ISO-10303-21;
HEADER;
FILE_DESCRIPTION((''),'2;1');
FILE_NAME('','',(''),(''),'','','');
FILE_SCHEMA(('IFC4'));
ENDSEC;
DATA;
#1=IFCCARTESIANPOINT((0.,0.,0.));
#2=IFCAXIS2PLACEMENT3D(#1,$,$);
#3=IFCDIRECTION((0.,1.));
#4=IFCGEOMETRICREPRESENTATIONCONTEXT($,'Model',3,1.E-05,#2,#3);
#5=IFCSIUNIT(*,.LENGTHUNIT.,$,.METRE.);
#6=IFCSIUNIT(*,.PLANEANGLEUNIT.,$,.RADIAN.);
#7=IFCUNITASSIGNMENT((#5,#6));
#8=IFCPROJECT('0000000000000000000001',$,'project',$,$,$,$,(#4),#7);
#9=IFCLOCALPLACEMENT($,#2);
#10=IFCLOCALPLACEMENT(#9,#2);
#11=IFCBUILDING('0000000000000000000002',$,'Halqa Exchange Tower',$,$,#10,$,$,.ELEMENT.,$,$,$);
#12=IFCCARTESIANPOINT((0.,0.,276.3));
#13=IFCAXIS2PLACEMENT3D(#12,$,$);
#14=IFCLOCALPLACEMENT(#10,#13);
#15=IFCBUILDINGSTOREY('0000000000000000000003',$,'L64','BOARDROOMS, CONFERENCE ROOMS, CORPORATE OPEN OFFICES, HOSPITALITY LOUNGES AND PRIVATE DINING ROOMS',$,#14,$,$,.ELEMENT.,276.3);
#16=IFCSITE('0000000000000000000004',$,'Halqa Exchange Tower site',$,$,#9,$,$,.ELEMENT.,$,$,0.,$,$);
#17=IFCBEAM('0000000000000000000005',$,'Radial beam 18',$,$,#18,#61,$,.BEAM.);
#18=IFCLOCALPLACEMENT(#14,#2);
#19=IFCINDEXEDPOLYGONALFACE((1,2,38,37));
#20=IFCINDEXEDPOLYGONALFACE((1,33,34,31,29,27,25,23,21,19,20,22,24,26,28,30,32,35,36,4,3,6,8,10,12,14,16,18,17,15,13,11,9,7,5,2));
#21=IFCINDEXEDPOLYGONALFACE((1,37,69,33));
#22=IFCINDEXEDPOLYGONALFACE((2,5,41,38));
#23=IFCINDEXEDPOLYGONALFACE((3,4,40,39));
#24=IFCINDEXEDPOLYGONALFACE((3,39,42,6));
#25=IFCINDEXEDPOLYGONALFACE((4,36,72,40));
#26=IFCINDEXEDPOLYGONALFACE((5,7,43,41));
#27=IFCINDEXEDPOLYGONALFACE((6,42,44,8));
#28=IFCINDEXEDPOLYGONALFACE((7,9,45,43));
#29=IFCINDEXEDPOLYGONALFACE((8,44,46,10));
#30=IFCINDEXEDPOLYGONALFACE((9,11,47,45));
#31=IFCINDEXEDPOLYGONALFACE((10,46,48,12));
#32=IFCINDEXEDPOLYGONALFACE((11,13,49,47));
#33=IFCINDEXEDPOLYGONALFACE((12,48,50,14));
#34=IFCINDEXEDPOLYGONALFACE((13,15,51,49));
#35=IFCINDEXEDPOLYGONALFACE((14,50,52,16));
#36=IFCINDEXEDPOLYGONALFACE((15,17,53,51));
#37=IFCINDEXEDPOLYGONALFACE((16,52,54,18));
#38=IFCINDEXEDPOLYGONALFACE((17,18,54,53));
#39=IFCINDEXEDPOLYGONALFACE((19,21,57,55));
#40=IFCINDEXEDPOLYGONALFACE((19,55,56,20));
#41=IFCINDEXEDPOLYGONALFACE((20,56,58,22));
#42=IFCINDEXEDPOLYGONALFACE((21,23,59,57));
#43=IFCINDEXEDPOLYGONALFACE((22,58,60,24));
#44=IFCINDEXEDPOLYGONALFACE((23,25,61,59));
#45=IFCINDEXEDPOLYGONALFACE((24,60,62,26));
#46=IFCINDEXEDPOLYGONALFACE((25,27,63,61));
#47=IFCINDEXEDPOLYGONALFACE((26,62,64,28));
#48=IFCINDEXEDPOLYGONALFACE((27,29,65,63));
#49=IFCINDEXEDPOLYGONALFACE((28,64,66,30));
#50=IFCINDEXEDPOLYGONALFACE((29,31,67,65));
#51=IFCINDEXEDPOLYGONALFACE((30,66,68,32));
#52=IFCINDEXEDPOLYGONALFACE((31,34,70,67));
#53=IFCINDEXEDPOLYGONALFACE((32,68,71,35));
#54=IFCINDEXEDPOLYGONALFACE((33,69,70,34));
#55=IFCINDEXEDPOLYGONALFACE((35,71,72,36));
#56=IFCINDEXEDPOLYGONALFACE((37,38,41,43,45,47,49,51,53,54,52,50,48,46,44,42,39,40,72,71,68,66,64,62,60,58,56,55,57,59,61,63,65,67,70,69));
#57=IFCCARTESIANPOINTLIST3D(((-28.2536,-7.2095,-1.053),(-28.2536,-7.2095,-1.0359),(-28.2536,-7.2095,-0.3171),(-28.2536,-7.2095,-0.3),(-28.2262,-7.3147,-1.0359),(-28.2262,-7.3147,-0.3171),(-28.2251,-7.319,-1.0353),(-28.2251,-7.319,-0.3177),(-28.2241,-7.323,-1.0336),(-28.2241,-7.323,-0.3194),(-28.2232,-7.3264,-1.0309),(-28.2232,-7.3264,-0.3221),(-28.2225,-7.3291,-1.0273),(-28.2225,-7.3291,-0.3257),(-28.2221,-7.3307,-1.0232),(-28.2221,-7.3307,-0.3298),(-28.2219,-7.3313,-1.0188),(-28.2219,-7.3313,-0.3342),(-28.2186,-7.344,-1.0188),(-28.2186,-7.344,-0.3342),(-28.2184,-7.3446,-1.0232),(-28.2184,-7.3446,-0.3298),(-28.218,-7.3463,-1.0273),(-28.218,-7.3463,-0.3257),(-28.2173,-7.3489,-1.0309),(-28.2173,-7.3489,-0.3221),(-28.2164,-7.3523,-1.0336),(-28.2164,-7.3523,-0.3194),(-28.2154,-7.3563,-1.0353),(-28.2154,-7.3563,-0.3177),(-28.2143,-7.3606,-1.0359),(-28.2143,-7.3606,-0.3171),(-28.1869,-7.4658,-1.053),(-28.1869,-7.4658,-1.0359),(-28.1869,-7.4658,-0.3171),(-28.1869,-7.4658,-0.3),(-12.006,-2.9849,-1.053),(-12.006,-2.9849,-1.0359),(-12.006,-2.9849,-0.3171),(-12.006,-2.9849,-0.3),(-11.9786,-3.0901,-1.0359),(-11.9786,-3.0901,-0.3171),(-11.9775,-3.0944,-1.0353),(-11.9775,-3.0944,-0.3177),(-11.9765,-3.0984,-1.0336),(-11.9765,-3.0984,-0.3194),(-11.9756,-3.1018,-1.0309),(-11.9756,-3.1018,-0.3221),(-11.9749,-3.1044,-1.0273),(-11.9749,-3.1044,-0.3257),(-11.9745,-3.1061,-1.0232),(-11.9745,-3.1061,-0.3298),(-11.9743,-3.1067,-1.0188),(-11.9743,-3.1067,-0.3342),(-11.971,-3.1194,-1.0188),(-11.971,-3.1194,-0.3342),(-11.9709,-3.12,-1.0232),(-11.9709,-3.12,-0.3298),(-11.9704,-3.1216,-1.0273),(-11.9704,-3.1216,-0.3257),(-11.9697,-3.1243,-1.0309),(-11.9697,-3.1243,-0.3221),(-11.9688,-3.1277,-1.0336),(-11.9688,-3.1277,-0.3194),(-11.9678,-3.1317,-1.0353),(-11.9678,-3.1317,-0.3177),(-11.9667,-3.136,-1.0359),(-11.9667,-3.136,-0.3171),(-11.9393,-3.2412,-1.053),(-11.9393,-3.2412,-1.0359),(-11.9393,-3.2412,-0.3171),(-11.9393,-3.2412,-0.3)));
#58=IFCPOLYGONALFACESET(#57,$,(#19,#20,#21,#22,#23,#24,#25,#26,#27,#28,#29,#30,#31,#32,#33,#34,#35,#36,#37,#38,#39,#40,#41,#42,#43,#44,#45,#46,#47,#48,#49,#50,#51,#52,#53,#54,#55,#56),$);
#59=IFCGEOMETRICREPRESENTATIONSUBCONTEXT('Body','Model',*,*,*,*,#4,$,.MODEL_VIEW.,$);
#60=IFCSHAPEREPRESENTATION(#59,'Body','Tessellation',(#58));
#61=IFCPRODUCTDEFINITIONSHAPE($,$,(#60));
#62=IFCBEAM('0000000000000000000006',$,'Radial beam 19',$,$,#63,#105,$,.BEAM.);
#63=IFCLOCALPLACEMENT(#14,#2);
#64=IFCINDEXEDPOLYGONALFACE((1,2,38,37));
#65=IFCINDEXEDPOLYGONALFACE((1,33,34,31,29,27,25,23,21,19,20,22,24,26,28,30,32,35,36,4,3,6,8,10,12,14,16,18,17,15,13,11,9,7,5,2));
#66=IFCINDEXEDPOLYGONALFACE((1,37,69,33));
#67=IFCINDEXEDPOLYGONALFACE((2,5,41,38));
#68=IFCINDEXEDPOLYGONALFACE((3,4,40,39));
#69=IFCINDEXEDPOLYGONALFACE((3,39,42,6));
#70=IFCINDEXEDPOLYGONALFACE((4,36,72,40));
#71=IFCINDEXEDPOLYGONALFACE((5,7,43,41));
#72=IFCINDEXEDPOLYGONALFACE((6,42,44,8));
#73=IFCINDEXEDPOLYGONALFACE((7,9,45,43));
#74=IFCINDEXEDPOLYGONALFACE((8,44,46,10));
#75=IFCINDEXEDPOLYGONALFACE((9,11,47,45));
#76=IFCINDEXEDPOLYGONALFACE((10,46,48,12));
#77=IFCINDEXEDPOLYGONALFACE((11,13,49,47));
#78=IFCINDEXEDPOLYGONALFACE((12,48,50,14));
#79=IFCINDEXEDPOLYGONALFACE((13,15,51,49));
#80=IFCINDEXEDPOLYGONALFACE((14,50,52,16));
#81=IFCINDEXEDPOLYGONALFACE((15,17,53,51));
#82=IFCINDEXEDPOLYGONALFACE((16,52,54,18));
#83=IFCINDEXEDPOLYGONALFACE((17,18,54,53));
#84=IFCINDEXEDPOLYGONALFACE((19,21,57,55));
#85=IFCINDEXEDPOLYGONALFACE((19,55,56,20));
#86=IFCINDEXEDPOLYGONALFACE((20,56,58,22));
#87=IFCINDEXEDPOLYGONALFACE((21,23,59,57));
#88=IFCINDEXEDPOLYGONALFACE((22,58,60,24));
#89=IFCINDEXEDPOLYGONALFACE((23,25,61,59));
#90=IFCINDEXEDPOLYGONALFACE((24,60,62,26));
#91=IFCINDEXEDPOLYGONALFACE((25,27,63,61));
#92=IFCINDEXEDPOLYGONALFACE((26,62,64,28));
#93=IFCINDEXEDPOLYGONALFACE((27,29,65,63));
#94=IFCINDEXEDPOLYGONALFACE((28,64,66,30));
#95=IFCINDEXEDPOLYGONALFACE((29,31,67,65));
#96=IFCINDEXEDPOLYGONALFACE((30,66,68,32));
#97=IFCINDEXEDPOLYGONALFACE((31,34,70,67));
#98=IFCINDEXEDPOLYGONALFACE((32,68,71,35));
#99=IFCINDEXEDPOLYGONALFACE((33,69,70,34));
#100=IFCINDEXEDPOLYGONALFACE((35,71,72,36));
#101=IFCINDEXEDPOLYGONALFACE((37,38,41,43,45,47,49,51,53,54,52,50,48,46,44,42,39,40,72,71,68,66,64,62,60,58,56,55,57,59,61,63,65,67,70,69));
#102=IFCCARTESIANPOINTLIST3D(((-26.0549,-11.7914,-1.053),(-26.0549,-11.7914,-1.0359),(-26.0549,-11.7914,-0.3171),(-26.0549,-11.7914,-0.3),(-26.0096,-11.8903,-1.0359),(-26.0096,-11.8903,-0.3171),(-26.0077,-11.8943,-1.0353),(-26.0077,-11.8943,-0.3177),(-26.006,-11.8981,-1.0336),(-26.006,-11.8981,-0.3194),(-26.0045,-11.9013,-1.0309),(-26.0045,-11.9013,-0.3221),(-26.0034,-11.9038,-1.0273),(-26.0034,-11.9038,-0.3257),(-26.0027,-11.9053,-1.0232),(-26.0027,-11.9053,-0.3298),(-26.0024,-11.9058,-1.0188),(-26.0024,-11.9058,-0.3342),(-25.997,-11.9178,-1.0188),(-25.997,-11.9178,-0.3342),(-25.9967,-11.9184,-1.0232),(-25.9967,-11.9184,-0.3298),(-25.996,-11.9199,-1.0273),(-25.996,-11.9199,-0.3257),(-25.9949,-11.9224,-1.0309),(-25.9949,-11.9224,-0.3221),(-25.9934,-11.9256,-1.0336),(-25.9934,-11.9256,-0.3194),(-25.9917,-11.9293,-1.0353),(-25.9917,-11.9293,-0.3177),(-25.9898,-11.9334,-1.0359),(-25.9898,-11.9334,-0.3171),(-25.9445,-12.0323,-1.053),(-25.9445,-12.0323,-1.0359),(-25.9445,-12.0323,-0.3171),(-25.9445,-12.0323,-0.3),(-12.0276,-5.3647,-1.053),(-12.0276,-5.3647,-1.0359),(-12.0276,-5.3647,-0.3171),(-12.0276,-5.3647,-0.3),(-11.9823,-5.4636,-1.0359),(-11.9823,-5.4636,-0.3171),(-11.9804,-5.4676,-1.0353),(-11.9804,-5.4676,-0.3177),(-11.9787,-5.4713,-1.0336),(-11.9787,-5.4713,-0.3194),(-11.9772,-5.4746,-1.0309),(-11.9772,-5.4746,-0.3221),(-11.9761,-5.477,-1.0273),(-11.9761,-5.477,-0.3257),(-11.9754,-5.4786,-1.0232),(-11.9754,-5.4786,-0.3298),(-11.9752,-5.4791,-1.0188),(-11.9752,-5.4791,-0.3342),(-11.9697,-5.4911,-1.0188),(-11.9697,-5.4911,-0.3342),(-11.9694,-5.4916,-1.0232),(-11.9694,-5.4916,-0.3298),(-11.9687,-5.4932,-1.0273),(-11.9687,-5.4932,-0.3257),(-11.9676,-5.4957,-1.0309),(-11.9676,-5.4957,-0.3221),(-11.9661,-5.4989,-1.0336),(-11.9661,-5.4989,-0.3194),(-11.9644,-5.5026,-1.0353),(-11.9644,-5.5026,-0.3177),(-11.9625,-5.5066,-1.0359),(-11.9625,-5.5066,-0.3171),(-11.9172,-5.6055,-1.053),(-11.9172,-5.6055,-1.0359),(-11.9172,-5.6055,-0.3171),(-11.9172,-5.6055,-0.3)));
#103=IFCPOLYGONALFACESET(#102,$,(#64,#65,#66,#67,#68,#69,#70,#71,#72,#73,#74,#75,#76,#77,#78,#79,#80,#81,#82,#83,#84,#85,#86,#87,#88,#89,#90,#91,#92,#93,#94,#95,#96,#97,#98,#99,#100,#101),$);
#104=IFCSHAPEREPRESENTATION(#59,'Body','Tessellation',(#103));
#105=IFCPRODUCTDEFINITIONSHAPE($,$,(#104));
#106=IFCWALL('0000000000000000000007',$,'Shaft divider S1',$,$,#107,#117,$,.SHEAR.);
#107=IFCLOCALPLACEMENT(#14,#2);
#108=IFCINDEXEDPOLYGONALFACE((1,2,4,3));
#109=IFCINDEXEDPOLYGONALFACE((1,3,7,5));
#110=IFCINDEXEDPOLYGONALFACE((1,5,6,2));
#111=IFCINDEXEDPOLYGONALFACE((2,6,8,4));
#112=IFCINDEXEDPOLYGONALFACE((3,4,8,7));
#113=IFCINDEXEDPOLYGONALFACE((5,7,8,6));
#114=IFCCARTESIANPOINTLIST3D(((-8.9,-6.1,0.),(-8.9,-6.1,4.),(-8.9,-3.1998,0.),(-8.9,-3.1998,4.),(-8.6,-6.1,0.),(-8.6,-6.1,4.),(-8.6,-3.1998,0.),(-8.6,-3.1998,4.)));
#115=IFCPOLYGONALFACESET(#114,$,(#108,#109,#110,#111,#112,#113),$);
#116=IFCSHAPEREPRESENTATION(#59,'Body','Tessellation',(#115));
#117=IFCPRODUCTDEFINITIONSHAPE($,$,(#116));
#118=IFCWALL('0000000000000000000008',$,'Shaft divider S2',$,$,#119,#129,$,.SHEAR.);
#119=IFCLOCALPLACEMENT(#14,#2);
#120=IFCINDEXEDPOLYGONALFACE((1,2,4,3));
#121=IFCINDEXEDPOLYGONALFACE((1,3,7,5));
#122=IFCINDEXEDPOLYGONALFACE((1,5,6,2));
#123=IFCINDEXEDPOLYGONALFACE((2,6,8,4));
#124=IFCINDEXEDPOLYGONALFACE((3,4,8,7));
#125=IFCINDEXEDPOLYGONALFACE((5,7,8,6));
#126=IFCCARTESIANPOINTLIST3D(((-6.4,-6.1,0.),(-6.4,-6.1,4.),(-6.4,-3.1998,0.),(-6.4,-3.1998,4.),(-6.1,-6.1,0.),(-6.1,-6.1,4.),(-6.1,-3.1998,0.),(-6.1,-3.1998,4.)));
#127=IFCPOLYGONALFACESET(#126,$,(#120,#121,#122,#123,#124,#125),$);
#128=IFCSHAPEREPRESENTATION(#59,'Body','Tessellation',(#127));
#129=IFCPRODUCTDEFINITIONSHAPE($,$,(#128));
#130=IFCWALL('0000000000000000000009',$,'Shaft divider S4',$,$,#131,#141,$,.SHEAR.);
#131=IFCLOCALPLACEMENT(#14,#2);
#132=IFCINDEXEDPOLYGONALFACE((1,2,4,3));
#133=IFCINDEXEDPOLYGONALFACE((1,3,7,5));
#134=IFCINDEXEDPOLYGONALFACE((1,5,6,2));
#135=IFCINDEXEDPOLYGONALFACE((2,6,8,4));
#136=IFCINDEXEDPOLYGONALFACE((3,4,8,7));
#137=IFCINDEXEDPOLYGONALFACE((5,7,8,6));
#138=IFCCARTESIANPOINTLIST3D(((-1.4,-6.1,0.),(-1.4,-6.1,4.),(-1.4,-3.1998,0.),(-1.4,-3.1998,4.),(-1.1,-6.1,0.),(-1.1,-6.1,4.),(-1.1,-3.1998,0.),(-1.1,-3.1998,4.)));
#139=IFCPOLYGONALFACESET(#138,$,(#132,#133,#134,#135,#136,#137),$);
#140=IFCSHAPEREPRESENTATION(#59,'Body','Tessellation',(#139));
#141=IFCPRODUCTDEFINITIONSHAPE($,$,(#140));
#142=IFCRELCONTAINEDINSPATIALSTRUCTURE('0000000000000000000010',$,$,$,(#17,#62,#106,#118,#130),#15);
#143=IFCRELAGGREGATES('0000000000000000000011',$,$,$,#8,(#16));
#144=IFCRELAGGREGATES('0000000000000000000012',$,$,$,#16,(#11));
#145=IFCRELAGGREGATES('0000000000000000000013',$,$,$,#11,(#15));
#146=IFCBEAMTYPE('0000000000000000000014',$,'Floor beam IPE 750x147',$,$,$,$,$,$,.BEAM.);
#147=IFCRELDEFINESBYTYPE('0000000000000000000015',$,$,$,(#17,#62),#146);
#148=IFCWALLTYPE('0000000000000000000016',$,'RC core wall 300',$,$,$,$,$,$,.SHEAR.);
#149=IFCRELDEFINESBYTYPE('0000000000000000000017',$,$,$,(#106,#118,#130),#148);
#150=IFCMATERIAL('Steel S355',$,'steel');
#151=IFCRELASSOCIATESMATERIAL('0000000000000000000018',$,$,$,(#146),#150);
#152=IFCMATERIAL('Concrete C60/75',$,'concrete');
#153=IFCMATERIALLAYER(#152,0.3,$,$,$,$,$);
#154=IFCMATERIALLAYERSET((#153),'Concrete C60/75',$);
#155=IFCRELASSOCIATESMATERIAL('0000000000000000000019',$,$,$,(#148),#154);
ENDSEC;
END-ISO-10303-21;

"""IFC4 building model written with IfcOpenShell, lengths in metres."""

from ifc_helpers import new_model, si_unit, direction, frame, frame_2d, origin, origin_2d, place, context, subcontext, project, spatial, rectangle, i_section, extrude, material, layer, layer_set, material_profile, profile_set, type_object, element, save


model = new_model("IFC4")

# Units and contexts
model_context = context("Model", 3, precision=1e-05, world=origin(), true_north=direction((0.0, 1.0)))
body_context = subcontext(model_context, "Body", "Model", "MODEL_VIEW")
ifc_project = project(units=[si_unit("LENGTHUNIT", "METRE"), si_unit("PLANEANGLEUNIT", "RADIAN")], contexts=[model_context])

# Site, building, storey
site_placement = place(None, origin())
site = spatial("IfcSite", under=ifc_project, at=site_placement, Name="Halqa Exchange Tower site", CompositionType="ELEMENT", RefElevation=0.0)
building_placement = place(site_placement, origin())
building = spatial("IfcBuilding", under=site, at=building_placement, Name="Halqa Exchange Tower", CompositionType="ELEMENT")
storey_placement = place(building_placement, frame((0.0, 0.0, 276.3)))
storey = spatial("IfcBuildingStorey", under=building, at=storey_placement, Name="L64", Description="BOARDROOMS, CONFERENCE ROOMS, CORPORATE OPEN OFFICES, HOSPITALITY LOUNGES AND PRIVATE DINING ROOMS", CompositionType="ELEMENT", Elevation=276.3)

# Beams
ifc_material_1 = material(Name="Steel S355", Category="steel")
ifc_material_profile = material_profile(ifc_material_1, i_section(OverallWidth=0.2649, OverallDepth=0.7529, WebThickness=0.0132, FlangeThickness=0.0171, FilletRadius=0.0171, at=origin_2d()), Name="IPE 750x147")
ifc_profile_set = profile_set([ifc_material_profile], Name="Steel S355")
beam_type = type_object("IfcBeamType", Name="Floor beam IPE 750x147", PredefinedType="BEAM", material=ifc_profile_set)
beam_1_placement = place(storey_placement, frame((-11.9727, -3.113, -0.6765), z_axis=(-0.967819, -0.251647, 0.0), x_axis=(0.251647, -0.967819, 0.0)))
element("IfcBeam", 1, at=beam_1_placement, inside=storey, type_object=beam_type, Name="Radial beam 18", PredefinedType="BEAM", context=body_context, shape_type="SweptSolid", body=[
    extrude(i_section(OverallWidth=0.2649, OverallDepth=0.7529, WebThickness=0.0132, FlangeThickness=0.0171, FilletRadius=0.0171, at=origin_2d()), origin(), (0.0, 0.0, 1.0), 16.7878),
])
beam_2_placement = place(storey_placement, frame((-11.9724, -5.4851, -0.6765), z_axis=(-0.909125, -0.416524, 0.0), x_axis=(0.416524, -0.909125, 0.0)))
element("IfcBeam", 2, at=beam_2_placement, inside=storey, type_object=beam_type, Name="Radial beam 19", PredefinedType="BEAM", context=body_context, shape_type="SweptSolid", body=[
    extrude(i_section(OverallWidth=0.2649, OverallDepth=0.7529, WebThickness=0.0132, FlangeThickness=0.0171, FilletRadius=0.0171, at=origin_2d()), origin(), (0.0, 0.0, 1.0), 15.4294),
])

# Walls
ifc_material_2 = material(Name="Concrete C60/75", Category="concrete")
ifc_layer_1 = layer(ifc_material_2, 0.3)
ifc_layer_set_1 = layer_set([ifc_layer_1], Name="Concrete C60/75")
wall_type_1 = type_object("IfcWallType", Name="RC core wall 300", PredefinedType="SHEAR", material=ifc_layer_set_1)
for number, where, z_axis, x_axis, name in (
    (3, (-8.75, -6.1001, 0.0), (0.0, 0.0, 1.0), (0.0, 1.0, 0.0), "Shaft divider S1"),
    (4, (-6.25, -6.1001, 0.0), (0.0, 0.0, 1.0), (0.0, 1.0, 0.0), "Shaft divider S2"),
    (5, (-1.25, -6.1001, 0.0), (0.0, 0.0, 1.0), (0.0, 1.0, 0.0), "Shaft divider S4"),
):
    element("IfcWall", number, at=place(storey_placement, frame(where, z_axis=z_axis, x_axis=x_axis)), inside=storey, type_object=wall_type_1, Name=name, PredefinedType="SHEAR", context=body_context, shape_type="SweptSolid", body=[
        extrude(rectangle(XDim=2.9001, YDim=0.3, at=frame_2d((1.4502, 0.0))), origin(), (0.0, 0.0, 1.0), 4.0),
    ])

save(model, "model.ifc")
